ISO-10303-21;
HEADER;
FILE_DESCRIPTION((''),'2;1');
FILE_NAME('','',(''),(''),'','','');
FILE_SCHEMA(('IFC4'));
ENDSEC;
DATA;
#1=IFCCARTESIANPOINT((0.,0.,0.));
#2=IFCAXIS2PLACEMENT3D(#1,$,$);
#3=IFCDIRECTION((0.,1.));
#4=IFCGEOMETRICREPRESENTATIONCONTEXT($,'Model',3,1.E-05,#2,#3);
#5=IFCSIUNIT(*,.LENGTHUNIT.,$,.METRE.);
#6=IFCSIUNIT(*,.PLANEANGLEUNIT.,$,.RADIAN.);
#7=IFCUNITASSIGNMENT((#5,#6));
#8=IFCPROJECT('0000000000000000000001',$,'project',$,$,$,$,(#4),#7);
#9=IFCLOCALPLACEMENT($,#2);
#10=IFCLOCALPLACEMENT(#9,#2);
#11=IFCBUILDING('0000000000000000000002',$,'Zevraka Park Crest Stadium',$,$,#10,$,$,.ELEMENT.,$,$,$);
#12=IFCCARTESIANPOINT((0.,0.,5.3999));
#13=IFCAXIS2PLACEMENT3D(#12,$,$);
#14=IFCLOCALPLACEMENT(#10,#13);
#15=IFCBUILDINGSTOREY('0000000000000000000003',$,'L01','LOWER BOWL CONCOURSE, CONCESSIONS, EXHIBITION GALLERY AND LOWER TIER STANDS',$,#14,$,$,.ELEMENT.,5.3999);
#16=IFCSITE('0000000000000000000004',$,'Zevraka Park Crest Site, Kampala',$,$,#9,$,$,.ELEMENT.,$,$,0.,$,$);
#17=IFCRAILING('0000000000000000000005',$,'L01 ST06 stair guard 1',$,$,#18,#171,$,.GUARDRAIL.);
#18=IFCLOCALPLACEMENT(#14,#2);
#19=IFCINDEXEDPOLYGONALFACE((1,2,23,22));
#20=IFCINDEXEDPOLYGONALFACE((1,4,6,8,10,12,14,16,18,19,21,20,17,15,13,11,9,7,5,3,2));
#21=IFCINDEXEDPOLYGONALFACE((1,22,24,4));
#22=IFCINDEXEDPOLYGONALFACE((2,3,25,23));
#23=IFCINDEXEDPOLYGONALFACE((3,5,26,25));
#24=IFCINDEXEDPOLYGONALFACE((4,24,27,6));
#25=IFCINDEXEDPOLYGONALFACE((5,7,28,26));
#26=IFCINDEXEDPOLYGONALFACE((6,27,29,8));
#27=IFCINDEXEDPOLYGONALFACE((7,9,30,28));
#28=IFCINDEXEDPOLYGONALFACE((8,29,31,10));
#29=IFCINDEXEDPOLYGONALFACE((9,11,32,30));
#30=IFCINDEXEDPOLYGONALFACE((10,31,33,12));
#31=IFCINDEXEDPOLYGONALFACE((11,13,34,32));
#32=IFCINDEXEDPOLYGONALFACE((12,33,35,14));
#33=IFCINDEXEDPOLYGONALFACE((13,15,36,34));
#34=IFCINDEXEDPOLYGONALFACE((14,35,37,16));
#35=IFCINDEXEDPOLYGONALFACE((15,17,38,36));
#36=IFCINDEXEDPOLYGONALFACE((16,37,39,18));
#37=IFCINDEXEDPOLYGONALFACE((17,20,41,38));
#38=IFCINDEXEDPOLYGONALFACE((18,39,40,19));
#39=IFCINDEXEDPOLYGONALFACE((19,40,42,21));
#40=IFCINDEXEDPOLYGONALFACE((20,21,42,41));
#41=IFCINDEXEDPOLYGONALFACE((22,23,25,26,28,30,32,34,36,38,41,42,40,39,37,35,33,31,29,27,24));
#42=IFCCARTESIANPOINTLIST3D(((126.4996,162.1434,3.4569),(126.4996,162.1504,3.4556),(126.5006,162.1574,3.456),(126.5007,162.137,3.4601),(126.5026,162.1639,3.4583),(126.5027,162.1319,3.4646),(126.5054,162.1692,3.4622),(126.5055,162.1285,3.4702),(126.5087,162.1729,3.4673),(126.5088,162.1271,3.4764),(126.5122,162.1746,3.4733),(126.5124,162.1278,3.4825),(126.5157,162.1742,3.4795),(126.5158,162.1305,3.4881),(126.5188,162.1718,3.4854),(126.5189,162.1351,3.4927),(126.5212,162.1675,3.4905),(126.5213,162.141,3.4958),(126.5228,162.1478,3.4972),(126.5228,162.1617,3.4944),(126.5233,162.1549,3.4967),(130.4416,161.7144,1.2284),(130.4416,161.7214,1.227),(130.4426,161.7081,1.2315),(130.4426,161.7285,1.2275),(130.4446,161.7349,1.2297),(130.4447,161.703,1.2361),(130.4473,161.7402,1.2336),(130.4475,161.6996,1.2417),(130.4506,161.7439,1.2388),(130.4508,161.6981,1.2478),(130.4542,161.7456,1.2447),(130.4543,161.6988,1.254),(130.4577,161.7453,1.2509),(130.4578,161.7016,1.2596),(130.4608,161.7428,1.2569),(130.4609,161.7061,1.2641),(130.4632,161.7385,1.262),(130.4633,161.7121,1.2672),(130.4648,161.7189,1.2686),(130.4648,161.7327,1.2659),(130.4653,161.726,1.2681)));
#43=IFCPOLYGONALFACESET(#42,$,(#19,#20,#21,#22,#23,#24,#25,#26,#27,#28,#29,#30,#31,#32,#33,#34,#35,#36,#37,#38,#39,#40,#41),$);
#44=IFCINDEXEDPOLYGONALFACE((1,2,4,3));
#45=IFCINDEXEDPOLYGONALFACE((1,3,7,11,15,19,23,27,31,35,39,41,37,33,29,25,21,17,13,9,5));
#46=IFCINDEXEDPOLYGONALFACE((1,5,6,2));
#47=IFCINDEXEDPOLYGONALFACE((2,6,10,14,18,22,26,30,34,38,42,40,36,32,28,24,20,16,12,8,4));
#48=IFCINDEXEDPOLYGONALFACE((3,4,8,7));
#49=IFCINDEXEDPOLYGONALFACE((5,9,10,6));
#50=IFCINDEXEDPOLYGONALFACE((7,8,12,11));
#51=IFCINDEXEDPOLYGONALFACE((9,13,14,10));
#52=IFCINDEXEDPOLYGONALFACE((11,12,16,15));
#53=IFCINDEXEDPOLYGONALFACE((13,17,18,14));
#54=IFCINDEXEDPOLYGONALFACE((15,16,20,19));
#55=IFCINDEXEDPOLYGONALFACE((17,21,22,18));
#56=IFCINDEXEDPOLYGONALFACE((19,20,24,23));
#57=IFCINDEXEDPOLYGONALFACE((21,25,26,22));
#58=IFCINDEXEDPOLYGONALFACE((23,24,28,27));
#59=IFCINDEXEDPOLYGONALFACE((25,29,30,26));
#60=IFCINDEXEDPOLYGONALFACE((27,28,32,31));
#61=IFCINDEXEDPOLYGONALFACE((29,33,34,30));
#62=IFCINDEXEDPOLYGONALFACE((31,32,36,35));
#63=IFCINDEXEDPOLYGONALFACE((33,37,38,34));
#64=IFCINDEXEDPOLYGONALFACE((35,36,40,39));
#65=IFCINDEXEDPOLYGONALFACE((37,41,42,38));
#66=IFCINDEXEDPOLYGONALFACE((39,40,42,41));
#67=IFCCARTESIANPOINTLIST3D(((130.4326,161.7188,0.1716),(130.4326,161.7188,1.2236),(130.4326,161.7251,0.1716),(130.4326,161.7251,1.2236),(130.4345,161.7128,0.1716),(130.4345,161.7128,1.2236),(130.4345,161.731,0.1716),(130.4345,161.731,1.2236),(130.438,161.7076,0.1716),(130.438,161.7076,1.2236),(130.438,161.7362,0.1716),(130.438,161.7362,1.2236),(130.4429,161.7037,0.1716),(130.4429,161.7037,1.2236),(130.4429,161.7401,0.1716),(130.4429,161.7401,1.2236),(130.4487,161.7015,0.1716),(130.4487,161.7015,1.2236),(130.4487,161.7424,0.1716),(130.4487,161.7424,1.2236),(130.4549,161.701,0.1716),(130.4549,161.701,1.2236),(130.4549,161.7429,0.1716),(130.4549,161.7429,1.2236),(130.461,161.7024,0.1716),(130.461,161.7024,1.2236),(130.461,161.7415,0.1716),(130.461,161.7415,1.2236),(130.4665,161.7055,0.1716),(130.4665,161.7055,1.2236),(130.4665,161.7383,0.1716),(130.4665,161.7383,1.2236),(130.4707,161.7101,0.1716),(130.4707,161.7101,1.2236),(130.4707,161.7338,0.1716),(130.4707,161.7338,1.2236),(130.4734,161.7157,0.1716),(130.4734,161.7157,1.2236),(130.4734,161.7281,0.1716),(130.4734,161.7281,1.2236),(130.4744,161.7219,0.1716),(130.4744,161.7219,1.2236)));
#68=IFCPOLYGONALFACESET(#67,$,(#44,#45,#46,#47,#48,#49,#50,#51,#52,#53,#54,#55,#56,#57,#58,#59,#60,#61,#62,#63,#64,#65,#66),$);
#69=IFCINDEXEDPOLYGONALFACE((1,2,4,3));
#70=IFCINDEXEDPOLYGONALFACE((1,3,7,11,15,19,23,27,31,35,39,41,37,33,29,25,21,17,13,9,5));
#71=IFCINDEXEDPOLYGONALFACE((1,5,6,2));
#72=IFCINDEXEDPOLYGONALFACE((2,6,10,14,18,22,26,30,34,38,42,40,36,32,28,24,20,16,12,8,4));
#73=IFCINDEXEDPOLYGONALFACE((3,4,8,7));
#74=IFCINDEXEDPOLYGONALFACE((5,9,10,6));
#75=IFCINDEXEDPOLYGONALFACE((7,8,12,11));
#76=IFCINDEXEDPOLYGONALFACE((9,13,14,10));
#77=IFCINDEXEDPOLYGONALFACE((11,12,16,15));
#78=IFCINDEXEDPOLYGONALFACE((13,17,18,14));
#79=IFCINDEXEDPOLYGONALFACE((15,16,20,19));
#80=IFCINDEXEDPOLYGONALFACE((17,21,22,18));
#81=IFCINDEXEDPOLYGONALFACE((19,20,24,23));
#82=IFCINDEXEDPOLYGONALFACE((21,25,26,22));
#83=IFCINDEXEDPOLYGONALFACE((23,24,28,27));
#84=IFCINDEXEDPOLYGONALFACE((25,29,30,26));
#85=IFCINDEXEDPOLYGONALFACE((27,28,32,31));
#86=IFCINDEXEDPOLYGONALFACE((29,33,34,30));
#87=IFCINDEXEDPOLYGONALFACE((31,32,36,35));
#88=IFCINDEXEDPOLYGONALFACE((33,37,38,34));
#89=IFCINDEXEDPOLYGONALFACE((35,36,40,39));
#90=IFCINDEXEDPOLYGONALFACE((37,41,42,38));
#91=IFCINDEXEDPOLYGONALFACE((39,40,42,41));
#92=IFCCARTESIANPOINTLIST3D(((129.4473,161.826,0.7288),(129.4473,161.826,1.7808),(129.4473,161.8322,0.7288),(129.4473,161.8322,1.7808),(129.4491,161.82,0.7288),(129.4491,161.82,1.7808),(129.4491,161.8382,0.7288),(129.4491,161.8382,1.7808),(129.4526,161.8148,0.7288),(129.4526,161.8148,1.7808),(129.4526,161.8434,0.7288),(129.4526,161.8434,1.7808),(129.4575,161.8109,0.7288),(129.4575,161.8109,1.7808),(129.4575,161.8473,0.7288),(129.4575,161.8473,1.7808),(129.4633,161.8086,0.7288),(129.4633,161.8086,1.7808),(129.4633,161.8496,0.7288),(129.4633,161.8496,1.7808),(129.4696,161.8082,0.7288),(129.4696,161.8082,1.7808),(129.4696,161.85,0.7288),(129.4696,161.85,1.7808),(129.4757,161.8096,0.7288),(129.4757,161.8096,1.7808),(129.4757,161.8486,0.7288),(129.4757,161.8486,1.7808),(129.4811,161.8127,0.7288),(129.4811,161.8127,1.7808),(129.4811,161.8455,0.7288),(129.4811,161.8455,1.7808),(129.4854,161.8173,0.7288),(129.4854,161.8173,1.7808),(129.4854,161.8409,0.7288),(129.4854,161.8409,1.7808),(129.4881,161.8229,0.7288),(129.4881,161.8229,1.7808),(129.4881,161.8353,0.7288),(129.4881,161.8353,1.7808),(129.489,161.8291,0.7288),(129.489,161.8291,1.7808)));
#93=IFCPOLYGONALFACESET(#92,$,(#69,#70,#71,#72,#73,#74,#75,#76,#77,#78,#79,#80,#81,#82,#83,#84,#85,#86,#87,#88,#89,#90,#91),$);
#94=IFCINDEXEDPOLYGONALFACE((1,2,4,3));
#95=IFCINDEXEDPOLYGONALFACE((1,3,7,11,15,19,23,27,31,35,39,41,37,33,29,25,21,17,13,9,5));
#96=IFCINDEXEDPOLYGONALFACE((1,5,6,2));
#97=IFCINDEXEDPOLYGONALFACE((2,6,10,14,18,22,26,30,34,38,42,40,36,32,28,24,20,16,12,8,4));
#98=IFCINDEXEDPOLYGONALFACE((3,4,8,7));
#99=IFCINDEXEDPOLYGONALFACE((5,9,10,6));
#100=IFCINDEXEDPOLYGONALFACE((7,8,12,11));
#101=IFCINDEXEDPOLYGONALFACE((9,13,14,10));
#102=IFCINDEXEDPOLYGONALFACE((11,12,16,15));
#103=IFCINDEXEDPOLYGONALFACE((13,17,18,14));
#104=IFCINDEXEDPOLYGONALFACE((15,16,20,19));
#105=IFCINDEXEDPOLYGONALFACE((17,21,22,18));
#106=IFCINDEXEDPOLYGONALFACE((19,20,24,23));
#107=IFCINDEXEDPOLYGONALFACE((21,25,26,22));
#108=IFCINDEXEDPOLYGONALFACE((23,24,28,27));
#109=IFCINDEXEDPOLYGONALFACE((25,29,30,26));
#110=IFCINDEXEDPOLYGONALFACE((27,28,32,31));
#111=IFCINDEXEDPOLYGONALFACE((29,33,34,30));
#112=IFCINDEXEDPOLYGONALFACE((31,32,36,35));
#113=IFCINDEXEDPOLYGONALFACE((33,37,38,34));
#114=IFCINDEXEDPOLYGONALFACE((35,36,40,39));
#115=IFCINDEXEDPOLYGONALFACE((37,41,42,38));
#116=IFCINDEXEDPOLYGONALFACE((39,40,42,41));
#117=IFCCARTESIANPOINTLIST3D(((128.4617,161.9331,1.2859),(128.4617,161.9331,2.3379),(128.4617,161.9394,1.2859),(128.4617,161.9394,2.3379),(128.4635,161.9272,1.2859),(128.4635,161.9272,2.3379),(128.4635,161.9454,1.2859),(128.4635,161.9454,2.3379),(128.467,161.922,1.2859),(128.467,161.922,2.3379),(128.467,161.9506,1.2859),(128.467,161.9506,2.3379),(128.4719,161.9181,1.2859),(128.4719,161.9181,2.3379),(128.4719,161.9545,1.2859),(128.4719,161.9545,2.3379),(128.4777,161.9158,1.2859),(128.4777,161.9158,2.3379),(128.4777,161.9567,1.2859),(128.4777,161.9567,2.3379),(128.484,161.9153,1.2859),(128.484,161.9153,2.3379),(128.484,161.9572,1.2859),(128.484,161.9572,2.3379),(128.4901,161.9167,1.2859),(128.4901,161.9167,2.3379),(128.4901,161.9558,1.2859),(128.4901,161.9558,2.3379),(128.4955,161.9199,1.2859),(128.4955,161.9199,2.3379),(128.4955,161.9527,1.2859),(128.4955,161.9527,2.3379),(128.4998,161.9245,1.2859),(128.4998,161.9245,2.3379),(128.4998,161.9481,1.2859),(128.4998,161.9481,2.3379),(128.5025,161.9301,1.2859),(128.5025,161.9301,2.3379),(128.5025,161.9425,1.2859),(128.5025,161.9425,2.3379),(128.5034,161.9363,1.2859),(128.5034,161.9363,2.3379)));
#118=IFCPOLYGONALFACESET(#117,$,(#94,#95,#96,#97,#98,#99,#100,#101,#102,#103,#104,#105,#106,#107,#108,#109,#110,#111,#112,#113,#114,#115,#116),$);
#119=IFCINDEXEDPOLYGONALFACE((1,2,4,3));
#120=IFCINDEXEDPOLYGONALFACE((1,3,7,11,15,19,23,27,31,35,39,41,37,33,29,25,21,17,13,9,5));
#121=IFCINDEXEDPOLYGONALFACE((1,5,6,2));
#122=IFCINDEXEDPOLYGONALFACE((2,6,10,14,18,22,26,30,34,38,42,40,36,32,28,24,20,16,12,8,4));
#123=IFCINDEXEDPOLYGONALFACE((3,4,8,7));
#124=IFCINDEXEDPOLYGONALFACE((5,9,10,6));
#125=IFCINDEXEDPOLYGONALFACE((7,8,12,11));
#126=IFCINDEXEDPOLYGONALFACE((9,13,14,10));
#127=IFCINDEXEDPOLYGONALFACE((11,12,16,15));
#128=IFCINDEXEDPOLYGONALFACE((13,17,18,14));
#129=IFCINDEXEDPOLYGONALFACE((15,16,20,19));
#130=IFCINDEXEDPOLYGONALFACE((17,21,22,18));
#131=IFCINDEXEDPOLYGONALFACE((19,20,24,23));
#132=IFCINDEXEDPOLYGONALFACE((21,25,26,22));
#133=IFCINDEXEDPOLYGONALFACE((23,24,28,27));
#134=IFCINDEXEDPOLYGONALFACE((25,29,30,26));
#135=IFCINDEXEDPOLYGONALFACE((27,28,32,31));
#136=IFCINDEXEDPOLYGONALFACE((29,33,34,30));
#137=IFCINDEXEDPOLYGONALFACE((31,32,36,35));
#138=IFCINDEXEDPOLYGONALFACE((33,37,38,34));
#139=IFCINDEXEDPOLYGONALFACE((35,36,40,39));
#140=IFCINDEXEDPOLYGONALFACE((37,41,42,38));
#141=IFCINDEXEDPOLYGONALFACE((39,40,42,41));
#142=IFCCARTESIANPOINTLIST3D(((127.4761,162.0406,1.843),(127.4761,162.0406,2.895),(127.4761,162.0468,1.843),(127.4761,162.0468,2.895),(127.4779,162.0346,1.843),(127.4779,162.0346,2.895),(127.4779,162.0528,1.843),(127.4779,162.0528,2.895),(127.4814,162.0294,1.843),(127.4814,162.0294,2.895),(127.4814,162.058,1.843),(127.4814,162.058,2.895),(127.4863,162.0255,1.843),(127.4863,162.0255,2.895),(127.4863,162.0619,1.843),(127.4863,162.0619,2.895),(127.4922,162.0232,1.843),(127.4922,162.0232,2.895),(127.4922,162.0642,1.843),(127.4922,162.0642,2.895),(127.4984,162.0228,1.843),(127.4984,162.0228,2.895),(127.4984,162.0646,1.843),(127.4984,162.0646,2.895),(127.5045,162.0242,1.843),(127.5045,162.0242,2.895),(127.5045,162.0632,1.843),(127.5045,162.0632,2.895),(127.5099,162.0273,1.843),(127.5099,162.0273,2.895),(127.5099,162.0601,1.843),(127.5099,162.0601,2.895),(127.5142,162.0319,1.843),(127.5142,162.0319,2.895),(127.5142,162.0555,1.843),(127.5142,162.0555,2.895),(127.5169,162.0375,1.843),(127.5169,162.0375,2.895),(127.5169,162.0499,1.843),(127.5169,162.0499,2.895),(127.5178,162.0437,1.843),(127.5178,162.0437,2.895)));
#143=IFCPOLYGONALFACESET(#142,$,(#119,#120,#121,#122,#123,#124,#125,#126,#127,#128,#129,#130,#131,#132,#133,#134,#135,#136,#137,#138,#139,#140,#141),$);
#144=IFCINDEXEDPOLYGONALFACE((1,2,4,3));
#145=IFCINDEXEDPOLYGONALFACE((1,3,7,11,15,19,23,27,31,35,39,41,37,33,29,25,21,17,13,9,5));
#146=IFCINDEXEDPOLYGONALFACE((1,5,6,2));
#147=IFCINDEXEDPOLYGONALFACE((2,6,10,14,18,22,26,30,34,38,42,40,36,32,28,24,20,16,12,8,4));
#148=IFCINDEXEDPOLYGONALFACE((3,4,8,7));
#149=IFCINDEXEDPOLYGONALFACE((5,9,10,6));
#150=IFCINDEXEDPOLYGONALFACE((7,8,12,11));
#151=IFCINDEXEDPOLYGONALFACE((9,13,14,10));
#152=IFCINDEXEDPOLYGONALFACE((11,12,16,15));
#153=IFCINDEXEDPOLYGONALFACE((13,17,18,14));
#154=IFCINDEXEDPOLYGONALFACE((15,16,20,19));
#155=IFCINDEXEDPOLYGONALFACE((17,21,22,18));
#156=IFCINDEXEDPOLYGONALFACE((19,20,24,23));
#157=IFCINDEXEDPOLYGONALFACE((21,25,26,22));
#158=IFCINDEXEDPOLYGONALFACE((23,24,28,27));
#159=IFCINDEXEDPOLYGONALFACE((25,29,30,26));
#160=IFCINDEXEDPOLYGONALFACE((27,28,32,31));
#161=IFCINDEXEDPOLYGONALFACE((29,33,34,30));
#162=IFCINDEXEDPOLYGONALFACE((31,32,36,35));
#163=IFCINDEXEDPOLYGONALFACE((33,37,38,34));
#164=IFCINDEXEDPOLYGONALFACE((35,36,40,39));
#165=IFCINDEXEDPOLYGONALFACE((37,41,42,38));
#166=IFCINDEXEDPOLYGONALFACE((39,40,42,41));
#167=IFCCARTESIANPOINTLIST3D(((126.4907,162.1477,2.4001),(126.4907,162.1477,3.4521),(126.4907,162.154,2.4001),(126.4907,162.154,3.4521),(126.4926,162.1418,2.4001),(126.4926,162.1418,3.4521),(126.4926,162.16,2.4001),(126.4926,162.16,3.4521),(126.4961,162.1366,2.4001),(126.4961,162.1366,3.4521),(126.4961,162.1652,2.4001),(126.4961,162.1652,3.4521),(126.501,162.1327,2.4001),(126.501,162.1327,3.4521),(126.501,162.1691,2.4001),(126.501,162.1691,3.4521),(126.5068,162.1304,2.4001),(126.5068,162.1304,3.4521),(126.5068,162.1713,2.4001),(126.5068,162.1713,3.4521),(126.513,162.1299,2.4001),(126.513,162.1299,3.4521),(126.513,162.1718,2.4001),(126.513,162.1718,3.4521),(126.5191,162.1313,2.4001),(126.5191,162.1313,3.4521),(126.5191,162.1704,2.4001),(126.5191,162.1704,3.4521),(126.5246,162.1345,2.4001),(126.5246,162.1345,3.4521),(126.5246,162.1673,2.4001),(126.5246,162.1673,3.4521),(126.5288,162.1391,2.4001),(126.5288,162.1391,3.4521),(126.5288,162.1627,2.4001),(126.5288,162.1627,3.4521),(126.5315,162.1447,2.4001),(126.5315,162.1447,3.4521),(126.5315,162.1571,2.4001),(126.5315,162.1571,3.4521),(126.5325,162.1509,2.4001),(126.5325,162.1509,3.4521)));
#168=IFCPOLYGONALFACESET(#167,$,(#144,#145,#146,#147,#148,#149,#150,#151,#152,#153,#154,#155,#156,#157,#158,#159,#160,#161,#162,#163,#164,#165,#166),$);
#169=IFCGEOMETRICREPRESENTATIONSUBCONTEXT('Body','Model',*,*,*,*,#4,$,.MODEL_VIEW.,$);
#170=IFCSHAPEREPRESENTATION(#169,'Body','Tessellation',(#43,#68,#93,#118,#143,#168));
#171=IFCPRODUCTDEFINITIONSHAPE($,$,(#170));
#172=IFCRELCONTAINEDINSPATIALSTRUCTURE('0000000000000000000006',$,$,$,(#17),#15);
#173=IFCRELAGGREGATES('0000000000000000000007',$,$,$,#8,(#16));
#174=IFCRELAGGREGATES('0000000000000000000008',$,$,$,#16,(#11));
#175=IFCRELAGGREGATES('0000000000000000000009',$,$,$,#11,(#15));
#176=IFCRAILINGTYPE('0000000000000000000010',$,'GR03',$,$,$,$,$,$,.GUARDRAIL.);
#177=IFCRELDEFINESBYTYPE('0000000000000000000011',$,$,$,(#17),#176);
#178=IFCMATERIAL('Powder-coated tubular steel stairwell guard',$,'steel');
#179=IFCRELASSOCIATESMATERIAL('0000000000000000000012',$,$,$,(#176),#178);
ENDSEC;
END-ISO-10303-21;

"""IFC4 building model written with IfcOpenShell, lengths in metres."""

from ifc_helpers import new_model, si_unit, direction, frame, origin, origin_2d, place, context, subcontext, project, spatial, circle, extrude, material, type_object, element, save


model = new_model("IFC4")

# Units and contexts
model_context = context("Model", 3, precision=1e-05, world=origin(), true_north=direction((0.0, 1.0)))
body_context = subcontext(model_context, "Body", "Model", "MODEL_VIEW")
ifc_project = project(units=[si_unit("LENGTHUNIT", "METRE"), si_unit("PLANEANGLEUNIT", "RADIAN")], contexts=[model_context])

# Site, building, storey
site_placement = place(None, origin())
site = spatial("IfcSite", under=ifc_project, at=site_placement, Name="Zevraka Park Crest Site, Kampala", CompositionType="ELEMENT", RefElevation=0.0)
building_placement = place(site_placement, origin())
building = spatial("IfcBuilding", under=site, at=building_placement, Name="Zevraka Park Crest Stadium", CompositionType="ELEMENT")
storey_placement = place(building_placement, frame((0.0, 0.0, 5.3999)))
storey = spatial("IfcBuildingStorey", under=building, at=storey_placement, Name="L01", Description="LOWER BOWL CONCOURSE, CONCESSIONS, EXHIBITION GALLERY AND LOWER TIER STANDS", CompositionType="ELEMENT", Elevation=5.3999)

# Railing
ifc_material_1 = material(Name="Powder-coated tubular steel stairwell guard", Category="steel")
railing_type_1 = type_object("IfcRailingType", Name="GR03", PredefinedType="GUARDRAIL", material=ifc_material_1)
railing_1_placement = place(storey_placement, frame((130.4534, 161.7219, 0.1716)))
element("IfcRailing", 1, at=railing_1_placement, inside=storey, type_object=railing_type_1, Name="L01 ST06 stair guard 1", PredefinedType="GUARDRAIL", context=body_context, shape_type="SweptSolid", body=[
    extrude(circle(Radius=0.0239, at=origin_2d()), frame((0.0, 0.0, 1.0762), z_axis=(-0.866637, 0.094307, 0.489946), x_axis=(-0.108181, -0.994131, 0.0)), (0.0, 0.0, 1.0), 4.5486),
    extrude(circle(Radius=0.021, at=origin_2d()), origin(), (0.0, 0.0, 1.0), 1.052),
    extrude(circle(Radius=0.021, at=origin_2d()), frame((-0.9854, 0.1072, 0.5571)), (0.0, 0.0, 1.0), 1.052),
    extrude(circle(Radius=0.021, at=origin_2d()), frame((-1.9709, 0.2144, 1.1143)), (0.0, 0.0, 1.0), 1.052),
    extrude(circle(Radius=0.021, at=origin_2d()), frame((-2.9565, 0.3218, 1.6714)), (0.0, 0.0, 1.0), 1.052),
    extrude(circle(Radius=0.021, at=origin_2d()), frame((-3.9419, 0.429, 2.2285)), (0.0, 0.0, 1.0), 1.052),
])

save(model, "model.ifc")
